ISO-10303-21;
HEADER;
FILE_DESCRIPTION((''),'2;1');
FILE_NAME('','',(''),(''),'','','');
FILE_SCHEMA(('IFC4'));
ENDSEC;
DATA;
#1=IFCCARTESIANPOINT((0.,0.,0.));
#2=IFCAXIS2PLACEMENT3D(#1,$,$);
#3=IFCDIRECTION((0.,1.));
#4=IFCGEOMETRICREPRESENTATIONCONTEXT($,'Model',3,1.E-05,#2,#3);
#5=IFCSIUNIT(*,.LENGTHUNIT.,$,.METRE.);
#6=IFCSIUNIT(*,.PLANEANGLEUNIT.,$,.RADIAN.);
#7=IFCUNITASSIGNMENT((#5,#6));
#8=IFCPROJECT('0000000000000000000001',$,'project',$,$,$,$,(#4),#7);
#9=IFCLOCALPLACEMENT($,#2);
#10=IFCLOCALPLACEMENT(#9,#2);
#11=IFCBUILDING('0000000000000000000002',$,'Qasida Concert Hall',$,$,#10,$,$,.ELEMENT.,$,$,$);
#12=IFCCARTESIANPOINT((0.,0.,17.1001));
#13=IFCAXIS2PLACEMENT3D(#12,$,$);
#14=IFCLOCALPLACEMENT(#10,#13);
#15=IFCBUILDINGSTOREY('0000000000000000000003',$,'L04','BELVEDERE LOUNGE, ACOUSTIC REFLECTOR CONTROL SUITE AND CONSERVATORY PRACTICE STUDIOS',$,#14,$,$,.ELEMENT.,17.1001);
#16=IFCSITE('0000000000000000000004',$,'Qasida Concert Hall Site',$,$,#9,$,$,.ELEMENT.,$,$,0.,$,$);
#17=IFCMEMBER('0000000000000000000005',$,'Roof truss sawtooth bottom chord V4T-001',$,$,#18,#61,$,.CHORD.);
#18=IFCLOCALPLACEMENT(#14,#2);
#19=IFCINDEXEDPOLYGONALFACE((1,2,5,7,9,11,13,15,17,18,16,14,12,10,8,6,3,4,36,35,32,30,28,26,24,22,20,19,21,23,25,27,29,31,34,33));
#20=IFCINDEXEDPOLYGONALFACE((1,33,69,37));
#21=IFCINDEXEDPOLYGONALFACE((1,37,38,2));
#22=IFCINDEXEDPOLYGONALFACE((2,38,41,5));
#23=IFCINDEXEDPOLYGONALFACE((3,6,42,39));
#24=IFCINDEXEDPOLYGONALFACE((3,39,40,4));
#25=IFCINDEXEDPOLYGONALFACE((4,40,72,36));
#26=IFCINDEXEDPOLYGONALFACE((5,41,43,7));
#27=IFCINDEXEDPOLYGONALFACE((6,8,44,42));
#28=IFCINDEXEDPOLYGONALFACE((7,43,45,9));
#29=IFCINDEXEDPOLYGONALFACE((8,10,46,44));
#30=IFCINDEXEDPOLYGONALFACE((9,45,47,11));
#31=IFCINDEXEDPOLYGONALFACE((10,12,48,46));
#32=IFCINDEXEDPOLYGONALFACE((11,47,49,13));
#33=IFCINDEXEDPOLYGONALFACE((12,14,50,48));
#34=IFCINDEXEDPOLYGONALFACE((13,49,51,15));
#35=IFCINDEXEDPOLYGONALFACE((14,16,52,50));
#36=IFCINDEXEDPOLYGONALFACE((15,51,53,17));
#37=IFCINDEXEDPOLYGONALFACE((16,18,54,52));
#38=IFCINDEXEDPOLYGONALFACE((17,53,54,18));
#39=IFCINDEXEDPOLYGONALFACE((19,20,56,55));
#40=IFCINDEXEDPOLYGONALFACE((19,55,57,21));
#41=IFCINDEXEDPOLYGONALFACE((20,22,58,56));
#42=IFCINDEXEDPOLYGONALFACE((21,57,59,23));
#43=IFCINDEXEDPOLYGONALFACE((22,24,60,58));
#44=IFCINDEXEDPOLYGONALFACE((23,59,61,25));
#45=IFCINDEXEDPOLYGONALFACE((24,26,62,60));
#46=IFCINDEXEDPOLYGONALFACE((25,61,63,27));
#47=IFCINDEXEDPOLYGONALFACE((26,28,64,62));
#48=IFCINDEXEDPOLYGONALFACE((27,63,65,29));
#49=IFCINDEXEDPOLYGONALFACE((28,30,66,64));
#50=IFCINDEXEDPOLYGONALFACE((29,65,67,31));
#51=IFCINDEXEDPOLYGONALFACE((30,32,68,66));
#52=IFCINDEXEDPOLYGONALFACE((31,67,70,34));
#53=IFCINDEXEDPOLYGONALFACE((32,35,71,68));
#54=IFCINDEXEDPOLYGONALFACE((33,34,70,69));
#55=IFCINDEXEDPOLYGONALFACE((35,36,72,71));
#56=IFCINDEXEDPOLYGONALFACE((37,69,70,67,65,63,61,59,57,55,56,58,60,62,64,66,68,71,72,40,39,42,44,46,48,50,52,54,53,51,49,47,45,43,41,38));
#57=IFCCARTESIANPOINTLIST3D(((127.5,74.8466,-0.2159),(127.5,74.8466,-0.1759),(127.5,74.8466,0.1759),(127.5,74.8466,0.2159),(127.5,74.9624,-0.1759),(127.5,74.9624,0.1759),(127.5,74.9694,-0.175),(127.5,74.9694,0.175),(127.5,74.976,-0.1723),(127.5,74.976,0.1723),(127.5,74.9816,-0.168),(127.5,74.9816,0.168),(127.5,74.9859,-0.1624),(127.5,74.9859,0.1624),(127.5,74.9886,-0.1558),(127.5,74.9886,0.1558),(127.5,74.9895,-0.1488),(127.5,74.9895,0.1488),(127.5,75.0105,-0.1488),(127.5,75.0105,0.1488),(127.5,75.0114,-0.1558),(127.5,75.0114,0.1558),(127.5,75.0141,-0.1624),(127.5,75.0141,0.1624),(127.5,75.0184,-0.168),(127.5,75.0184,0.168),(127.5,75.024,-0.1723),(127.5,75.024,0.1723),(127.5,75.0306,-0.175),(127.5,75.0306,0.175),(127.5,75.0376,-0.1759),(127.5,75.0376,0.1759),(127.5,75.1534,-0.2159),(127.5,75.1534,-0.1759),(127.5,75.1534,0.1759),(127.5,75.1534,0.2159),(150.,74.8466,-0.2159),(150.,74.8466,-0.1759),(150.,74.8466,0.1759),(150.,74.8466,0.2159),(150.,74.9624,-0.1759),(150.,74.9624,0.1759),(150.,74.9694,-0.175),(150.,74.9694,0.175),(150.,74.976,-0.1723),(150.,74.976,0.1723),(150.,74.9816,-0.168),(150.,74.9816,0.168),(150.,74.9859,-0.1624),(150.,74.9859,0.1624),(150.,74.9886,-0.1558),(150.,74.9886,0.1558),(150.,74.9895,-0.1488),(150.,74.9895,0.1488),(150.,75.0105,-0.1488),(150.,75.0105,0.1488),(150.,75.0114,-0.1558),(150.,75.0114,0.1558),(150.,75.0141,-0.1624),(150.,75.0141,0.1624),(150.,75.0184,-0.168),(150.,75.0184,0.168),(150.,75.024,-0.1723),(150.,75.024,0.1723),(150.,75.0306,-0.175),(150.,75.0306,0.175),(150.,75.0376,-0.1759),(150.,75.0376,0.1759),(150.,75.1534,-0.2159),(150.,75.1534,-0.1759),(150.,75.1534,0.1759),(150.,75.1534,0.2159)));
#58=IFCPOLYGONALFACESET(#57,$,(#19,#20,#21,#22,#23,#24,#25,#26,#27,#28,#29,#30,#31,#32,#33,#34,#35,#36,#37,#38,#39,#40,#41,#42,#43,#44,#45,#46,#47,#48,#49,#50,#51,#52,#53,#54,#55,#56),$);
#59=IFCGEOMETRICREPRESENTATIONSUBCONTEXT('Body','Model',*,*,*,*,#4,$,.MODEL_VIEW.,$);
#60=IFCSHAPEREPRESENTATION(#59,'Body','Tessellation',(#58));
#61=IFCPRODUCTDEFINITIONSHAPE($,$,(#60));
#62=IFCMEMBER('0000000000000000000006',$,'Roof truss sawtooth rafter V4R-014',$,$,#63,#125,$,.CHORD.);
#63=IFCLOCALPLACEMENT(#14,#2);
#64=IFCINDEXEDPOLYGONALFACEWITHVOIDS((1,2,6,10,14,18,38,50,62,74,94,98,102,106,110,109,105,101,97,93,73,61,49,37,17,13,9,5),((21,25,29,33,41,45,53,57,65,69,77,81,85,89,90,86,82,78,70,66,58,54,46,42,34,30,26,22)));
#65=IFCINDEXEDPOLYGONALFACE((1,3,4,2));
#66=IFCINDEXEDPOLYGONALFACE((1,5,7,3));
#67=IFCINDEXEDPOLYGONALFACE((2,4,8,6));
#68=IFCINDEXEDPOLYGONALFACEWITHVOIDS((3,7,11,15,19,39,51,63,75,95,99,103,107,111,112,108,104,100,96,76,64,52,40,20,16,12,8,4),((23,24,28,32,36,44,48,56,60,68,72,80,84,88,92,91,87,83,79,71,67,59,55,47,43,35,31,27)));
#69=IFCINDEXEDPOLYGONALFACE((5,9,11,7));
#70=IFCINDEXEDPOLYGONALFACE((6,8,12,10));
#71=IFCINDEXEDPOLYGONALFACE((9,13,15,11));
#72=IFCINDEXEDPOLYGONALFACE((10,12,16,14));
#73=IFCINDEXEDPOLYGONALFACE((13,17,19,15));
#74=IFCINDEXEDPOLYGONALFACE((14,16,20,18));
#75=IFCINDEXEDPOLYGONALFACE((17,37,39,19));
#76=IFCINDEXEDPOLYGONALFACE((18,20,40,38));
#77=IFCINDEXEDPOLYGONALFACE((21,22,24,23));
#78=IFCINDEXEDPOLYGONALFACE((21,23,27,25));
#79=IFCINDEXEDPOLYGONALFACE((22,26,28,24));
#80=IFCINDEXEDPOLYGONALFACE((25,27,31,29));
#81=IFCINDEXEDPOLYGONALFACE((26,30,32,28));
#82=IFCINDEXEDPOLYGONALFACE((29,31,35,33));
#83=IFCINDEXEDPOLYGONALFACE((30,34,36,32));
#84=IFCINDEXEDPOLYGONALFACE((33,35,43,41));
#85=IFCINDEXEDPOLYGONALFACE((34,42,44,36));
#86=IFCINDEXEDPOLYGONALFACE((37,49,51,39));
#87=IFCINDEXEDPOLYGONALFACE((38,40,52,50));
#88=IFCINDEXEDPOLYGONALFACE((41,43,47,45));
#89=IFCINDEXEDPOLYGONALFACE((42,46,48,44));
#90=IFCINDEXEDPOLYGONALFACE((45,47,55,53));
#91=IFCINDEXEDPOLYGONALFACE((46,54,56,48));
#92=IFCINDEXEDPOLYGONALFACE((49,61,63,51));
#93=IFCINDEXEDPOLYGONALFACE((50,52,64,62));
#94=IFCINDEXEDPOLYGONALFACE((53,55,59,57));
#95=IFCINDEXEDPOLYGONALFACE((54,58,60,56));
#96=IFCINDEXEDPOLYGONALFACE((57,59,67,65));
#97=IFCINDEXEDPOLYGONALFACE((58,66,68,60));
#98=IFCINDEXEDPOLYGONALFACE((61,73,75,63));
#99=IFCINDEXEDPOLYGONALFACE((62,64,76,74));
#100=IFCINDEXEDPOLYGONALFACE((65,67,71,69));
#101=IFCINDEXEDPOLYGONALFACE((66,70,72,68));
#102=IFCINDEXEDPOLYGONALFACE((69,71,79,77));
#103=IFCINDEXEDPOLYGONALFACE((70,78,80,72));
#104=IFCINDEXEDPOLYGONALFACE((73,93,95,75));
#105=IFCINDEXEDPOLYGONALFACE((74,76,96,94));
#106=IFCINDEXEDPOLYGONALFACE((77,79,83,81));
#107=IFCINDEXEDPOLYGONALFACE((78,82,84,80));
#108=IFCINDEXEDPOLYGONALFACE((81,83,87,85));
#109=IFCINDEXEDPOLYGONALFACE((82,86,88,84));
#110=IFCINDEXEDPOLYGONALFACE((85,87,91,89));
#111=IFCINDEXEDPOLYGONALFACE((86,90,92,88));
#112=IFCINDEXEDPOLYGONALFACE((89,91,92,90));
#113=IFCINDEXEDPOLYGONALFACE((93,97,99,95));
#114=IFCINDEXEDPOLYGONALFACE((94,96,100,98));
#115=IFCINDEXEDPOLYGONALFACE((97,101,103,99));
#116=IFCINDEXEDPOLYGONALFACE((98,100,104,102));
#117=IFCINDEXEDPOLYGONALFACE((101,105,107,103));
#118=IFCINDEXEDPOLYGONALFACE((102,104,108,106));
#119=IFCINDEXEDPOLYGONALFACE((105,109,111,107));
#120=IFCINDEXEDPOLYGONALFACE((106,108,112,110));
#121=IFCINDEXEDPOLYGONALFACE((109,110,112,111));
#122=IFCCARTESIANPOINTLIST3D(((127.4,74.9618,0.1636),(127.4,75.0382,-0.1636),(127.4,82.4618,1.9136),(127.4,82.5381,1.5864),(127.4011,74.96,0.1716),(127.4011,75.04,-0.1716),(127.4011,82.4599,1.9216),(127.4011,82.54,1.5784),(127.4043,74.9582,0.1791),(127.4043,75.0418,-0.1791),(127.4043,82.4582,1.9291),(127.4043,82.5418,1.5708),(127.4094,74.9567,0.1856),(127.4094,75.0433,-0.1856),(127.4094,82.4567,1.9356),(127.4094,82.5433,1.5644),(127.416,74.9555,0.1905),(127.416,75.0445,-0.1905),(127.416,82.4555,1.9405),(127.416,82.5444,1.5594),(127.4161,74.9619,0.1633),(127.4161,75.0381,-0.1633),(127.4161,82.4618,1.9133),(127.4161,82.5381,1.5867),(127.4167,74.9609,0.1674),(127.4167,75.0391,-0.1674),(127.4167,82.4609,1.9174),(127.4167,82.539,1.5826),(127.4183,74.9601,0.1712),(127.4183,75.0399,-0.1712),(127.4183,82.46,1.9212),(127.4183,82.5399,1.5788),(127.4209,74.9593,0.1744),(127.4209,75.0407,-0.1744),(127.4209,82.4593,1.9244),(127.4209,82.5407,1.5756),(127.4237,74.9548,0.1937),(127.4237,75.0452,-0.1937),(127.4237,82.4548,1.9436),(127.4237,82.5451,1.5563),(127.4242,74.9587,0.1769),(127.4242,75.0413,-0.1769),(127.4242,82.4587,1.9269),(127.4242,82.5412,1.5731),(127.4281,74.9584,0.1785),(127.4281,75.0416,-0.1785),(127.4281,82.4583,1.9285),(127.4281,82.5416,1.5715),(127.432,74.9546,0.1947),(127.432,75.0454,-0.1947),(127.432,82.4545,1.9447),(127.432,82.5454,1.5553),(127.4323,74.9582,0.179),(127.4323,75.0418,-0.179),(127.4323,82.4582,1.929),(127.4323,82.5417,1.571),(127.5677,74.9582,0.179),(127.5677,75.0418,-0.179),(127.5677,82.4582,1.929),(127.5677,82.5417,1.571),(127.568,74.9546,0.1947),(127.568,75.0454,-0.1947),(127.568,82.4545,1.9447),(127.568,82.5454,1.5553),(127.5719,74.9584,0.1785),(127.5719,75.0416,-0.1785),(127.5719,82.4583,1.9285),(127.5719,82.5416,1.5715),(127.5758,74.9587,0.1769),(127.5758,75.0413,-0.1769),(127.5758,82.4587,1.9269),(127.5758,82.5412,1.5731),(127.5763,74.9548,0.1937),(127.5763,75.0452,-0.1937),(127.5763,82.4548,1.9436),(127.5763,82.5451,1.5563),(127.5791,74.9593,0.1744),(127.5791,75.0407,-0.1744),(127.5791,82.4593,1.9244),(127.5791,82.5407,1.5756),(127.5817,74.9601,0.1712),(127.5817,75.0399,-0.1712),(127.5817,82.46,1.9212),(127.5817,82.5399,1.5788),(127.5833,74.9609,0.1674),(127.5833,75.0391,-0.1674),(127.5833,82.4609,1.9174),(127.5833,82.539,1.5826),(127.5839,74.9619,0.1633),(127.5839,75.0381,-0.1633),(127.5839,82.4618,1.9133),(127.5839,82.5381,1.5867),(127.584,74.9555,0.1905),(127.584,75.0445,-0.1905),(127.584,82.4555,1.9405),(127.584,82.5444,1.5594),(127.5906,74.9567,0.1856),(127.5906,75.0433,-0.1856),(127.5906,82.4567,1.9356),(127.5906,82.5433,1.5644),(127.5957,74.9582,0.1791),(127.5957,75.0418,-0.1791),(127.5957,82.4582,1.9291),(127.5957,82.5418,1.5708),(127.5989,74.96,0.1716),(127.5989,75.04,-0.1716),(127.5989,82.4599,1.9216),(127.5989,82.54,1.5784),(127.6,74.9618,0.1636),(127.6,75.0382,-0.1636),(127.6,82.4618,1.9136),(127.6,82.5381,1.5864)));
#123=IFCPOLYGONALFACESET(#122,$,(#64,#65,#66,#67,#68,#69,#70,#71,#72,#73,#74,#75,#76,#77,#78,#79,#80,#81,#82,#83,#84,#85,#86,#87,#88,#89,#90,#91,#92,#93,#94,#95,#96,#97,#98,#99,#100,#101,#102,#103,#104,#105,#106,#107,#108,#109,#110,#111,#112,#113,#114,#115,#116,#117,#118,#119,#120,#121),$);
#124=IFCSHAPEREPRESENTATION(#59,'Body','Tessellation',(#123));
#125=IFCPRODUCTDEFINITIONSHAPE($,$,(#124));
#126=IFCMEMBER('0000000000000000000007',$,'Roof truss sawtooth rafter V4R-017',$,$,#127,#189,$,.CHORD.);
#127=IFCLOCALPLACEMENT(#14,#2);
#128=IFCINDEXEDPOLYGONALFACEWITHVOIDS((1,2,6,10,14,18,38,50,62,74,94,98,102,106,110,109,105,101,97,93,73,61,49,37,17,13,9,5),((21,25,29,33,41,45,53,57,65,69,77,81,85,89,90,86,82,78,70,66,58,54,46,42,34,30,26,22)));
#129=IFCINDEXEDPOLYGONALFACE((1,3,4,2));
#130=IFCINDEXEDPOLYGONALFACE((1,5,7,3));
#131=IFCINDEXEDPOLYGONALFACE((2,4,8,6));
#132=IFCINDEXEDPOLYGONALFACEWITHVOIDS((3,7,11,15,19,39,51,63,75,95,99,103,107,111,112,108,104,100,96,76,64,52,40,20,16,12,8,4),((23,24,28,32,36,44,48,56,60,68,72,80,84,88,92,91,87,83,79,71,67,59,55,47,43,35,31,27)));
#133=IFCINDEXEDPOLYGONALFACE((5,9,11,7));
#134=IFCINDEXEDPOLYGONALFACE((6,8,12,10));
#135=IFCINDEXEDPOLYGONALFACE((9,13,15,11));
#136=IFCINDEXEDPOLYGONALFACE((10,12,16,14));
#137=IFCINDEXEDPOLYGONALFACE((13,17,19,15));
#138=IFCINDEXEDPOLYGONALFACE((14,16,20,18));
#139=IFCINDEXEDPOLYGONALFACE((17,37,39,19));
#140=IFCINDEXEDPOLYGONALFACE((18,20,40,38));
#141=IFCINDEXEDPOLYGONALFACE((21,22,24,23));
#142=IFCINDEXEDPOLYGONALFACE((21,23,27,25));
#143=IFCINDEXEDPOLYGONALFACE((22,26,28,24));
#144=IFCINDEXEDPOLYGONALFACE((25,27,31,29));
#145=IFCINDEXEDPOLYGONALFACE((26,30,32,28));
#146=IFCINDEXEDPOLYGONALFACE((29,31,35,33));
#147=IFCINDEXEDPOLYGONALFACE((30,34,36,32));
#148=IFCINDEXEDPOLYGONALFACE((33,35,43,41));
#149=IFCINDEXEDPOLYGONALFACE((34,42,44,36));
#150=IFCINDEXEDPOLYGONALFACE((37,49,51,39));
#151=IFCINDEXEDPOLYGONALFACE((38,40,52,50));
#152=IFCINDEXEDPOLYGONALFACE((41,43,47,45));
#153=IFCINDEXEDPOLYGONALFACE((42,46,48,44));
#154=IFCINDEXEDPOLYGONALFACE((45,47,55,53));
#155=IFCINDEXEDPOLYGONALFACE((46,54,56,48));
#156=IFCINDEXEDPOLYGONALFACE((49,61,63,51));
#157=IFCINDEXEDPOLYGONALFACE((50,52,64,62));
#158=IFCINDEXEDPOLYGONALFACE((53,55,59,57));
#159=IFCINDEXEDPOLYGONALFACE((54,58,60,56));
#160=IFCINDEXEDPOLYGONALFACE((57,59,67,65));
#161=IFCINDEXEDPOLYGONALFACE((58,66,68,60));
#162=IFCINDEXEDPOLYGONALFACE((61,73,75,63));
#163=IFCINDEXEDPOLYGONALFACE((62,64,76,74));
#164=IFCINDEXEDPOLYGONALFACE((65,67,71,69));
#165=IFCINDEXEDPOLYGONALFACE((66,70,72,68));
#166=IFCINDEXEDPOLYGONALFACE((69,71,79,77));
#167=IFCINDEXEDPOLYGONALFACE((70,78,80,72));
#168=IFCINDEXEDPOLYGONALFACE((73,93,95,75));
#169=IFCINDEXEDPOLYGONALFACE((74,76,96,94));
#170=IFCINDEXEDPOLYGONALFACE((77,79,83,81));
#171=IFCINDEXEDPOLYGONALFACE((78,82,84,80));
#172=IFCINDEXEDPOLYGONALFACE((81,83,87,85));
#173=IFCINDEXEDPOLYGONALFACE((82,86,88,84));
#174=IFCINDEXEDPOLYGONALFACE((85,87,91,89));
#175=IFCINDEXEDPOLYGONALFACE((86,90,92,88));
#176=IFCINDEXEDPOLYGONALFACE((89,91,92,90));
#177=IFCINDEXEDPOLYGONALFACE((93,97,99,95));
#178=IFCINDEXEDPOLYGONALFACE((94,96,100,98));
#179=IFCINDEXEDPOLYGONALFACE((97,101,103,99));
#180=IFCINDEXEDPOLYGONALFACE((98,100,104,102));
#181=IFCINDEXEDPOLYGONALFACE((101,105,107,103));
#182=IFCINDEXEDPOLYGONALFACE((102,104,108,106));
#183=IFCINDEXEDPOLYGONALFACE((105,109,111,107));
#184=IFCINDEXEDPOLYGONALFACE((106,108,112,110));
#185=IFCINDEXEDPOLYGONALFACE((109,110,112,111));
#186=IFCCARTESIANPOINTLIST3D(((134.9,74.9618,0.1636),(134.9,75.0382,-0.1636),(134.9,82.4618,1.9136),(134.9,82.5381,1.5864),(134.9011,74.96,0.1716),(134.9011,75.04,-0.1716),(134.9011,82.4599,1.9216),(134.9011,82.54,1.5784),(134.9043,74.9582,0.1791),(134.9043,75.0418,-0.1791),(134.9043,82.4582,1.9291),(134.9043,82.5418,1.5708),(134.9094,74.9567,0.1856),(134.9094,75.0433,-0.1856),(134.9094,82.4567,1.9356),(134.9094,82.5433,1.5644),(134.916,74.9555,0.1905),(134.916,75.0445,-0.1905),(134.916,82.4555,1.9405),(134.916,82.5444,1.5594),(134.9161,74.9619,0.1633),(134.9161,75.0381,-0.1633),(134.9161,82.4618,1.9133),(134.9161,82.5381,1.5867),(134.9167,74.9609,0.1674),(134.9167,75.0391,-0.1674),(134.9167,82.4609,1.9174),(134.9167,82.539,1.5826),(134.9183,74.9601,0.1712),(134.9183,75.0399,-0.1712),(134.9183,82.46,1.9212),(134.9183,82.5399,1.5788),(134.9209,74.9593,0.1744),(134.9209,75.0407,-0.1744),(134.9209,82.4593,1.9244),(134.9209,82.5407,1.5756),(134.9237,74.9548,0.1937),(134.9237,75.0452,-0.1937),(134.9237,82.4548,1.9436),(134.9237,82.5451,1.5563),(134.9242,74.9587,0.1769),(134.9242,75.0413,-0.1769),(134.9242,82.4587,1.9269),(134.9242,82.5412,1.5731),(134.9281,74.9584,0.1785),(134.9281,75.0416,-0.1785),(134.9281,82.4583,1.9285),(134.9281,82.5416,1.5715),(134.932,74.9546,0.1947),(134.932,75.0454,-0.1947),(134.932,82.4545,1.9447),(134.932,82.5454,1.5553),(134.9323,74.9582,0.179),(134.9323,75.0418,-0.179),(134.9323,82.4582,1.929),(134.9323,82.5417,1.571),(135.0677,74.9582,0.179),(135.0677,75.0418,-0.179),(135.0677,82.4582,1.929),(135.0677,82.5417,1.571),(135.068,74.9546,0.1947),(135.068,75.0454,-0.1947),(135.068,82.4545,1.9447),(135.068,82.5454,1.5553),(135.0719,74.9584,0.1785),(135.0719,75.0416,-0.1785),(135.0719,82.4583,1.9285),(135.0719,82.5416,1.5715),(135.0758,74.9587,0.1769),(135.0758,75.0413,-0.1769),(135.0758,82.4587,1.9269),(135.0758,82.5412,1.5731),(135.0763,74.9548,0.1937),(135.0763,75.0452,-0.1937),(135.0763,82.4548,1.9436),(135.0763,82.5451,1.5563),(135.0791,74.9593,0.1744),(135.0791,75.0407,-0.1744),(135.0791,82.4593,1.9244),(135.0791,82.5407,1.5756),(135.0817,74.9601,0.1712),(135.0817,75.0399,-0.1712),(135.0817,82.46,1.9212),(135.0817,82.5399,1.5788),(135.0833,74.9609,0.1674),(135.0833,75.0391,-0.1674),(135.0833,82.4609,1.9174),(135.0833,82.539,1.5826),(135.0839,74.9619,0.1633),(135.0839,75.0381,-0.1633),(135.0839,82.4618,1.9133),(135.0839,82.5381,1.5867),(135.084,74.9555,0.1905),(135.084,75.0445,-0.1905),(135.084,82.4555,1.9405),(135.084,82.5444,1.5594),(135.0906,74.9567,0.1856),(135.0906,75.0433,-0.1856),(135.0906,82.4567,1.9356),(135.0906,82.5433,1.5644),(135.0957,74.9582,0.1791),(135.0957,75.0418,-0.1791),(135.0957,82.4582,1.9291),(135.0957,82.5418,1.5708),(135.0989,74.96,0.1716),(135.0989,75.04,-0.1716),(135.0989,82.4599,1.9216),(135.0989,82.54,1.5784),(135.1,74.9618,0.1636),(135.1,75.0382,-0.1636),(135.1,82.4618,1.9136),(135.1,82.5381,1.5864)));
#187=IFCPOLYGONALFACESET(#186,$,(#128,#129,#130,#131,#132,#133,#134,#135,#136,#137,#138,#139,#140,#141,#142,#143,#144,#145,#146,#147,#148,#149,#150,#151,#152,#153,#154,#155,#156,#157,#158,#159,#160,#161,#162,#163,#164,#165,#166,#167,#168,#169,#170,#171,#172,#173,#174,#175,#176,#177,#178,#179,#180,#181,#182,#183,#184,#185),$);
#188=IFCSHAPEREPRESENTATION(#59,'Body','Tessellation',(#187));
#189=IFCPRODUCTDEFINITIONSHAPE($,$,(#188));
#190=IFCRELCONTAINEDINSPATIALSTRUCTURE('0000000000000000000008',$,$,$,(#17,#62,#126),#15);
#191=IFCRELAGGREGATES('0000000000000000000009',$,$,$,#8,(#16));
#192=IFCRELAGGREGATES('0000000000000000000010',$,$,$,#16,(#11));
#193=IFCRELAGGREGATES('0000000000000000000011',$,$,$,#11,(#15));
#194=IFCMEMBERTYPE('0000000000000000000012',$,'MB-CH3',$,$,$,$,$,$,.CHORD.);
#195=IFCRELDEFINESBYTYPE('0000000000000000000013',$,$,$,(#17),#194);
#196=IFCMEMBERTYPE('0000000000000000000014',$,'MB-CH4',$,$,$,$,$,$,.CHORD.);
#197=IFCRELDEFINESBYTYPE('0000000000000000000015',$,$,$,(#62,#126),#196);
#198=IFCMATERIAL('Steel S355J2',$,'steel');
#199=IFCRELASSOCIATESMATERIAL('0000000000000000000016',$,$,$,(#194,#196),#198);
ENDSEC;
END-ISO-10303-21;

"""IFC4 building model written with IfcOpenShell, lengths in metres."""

from ifc_helpers import new_model, si_unit, direction, frame, origin, origin_2d, place, context, subcontext, project, spatial, hollow_rectangle, i_section, extrude, material, material_profile, profile_set, type_object, element, save


model = new_model("IFC4")

# Units and contexts
model_context = context("Model", 3, precision=1e-05, world=origin(), true_north=direction((0.0, 1.0)))
body_context = subcontext(model_context, "Body", "Model", "MODEL_VIEW")
ifc_project = project(units=[si_unit("LENGTHUNIT", "METRE"), si_unit("PLANEANGLEUNIT", "RADIAN")], contexts=[model_context])

# Site, building, storey
site_placement = place(None, origin())
site = spatial("IfcSite", under=ifc_project, at=site_placement, Name="Qasida Concert Hall Site", CompositionType="ELEMENT", RefElevation=0.0)
building_placement = place(site_placement, origin())
building = spatial("IfcBuilding", under=site, at=building_placement, Name="Qasida Concert Hall", CompositionType="ELEMENT")
storey_placement = place(building_placement, frame((0.0, 0.0, 17.1001)))
storey = spatial("IfcBuildingStorey", under=building, at=storey_placement, Name="L04", Description="BELVEDERE LOUNGE, ACOUSTIC REFLECTOR CONTROL SUITE AND CONSERVATORY PRACTICE STUDIOS", CompositionType="ELEMENT", Elevation=17.1001)

# Members
ifc_material_1 = material(Name="Steel S355J2", Category="steel")
ifc_material_profile_1 = material_profile(ifc_material_1, i_section(OverallWidth=0.3069, OverallDepth=0.4319, WebThickness=0.021, FlangeThickness=0.04, FilletRadius=0.0271, at=origin_2d()), Name="HEM 400")
ifc_profile_set_1 = profile_set([ifc_material_profile_1], Name="Steel S355J2")
member_type_1 = type_object("IfcMemberType", Name="MB-CH3", PredefinedType="CHORD", material=ifc_profile_set_1)
member_placement = place(storey_placement, frame((127.5, 75.0, 0.0), z_axis=(1.0, 0.0, 0.0), x_axis=(0.0, 1.0, 0.0)))
element("IfcMember", 1, at=member_placement, inside=storey, type_object=member_type_1, Name="Roof truss sawtooth bottom chord V4T-001", PredefinedType="CHORD", context=body_context, shape_type="SweptSolid", body=[
    extrude(i_section(OverallWidth=0.3069, OverallDepth=0.4319, WebThickness=0.021, FlangeThickness=0.04, FilletRadius=0.0271, at=origin_2d()), origin(), (0.0, 0.0, 1.0), 22.5),
])
ifc_material_profile_2 = material_profile(ifc_material_1, hollow_rectangle(XDim=0.2, YDim=0.3999, WallThickness=0.0161, InnerFilletRadius=0.0161, OuterFilletRadius=0.032, at=origin_2d()), Name="RHS 400x200x16")
ifc_profile_set_2 = profile_set([ifc_material_profile_2], Name="Steel S355J2")
member_type_2 = type_object("IfcMemberType", Name="MB-CH4", PredefinedType="CHORD", material=ifc_profile_set_2)
for number, where, z_axis, x_axis, name in (
    (2, (127.5, 75.0, 0.0), (0.0, 0.973841, 0.22723), (-1.0, 0.0, 0.0), "Roof truss sawtooth rafter V4R-014"),
    (3, (135.0, 75.0, 0.0), (0.0, 0.973841, 0.22723), (-1.0, 0.0, 0.0), "Roof truss sawtooth rafter V4R-017"),
):
    element("IfcMember", number, at=place(storey_placement, frame(where, z_axis=z_axis, x_axis=x_axis)), inside=storey, type_object=member_type_2, Name=name, PredefinedType="CHORD", context=body_context, shape_type="SweptSolid", body=[
        extrude(hollow_rectangle(XDim=0.2, YDim=0.3999, WallThickness=0.0161, InnerFilletRadius=0.0161, OuterFilletRadius=0.032, at=origin_2d()), origin(), (0.0, 0.0, 1.0), 7.7014),
    ])

save(model, "model.ifc")
